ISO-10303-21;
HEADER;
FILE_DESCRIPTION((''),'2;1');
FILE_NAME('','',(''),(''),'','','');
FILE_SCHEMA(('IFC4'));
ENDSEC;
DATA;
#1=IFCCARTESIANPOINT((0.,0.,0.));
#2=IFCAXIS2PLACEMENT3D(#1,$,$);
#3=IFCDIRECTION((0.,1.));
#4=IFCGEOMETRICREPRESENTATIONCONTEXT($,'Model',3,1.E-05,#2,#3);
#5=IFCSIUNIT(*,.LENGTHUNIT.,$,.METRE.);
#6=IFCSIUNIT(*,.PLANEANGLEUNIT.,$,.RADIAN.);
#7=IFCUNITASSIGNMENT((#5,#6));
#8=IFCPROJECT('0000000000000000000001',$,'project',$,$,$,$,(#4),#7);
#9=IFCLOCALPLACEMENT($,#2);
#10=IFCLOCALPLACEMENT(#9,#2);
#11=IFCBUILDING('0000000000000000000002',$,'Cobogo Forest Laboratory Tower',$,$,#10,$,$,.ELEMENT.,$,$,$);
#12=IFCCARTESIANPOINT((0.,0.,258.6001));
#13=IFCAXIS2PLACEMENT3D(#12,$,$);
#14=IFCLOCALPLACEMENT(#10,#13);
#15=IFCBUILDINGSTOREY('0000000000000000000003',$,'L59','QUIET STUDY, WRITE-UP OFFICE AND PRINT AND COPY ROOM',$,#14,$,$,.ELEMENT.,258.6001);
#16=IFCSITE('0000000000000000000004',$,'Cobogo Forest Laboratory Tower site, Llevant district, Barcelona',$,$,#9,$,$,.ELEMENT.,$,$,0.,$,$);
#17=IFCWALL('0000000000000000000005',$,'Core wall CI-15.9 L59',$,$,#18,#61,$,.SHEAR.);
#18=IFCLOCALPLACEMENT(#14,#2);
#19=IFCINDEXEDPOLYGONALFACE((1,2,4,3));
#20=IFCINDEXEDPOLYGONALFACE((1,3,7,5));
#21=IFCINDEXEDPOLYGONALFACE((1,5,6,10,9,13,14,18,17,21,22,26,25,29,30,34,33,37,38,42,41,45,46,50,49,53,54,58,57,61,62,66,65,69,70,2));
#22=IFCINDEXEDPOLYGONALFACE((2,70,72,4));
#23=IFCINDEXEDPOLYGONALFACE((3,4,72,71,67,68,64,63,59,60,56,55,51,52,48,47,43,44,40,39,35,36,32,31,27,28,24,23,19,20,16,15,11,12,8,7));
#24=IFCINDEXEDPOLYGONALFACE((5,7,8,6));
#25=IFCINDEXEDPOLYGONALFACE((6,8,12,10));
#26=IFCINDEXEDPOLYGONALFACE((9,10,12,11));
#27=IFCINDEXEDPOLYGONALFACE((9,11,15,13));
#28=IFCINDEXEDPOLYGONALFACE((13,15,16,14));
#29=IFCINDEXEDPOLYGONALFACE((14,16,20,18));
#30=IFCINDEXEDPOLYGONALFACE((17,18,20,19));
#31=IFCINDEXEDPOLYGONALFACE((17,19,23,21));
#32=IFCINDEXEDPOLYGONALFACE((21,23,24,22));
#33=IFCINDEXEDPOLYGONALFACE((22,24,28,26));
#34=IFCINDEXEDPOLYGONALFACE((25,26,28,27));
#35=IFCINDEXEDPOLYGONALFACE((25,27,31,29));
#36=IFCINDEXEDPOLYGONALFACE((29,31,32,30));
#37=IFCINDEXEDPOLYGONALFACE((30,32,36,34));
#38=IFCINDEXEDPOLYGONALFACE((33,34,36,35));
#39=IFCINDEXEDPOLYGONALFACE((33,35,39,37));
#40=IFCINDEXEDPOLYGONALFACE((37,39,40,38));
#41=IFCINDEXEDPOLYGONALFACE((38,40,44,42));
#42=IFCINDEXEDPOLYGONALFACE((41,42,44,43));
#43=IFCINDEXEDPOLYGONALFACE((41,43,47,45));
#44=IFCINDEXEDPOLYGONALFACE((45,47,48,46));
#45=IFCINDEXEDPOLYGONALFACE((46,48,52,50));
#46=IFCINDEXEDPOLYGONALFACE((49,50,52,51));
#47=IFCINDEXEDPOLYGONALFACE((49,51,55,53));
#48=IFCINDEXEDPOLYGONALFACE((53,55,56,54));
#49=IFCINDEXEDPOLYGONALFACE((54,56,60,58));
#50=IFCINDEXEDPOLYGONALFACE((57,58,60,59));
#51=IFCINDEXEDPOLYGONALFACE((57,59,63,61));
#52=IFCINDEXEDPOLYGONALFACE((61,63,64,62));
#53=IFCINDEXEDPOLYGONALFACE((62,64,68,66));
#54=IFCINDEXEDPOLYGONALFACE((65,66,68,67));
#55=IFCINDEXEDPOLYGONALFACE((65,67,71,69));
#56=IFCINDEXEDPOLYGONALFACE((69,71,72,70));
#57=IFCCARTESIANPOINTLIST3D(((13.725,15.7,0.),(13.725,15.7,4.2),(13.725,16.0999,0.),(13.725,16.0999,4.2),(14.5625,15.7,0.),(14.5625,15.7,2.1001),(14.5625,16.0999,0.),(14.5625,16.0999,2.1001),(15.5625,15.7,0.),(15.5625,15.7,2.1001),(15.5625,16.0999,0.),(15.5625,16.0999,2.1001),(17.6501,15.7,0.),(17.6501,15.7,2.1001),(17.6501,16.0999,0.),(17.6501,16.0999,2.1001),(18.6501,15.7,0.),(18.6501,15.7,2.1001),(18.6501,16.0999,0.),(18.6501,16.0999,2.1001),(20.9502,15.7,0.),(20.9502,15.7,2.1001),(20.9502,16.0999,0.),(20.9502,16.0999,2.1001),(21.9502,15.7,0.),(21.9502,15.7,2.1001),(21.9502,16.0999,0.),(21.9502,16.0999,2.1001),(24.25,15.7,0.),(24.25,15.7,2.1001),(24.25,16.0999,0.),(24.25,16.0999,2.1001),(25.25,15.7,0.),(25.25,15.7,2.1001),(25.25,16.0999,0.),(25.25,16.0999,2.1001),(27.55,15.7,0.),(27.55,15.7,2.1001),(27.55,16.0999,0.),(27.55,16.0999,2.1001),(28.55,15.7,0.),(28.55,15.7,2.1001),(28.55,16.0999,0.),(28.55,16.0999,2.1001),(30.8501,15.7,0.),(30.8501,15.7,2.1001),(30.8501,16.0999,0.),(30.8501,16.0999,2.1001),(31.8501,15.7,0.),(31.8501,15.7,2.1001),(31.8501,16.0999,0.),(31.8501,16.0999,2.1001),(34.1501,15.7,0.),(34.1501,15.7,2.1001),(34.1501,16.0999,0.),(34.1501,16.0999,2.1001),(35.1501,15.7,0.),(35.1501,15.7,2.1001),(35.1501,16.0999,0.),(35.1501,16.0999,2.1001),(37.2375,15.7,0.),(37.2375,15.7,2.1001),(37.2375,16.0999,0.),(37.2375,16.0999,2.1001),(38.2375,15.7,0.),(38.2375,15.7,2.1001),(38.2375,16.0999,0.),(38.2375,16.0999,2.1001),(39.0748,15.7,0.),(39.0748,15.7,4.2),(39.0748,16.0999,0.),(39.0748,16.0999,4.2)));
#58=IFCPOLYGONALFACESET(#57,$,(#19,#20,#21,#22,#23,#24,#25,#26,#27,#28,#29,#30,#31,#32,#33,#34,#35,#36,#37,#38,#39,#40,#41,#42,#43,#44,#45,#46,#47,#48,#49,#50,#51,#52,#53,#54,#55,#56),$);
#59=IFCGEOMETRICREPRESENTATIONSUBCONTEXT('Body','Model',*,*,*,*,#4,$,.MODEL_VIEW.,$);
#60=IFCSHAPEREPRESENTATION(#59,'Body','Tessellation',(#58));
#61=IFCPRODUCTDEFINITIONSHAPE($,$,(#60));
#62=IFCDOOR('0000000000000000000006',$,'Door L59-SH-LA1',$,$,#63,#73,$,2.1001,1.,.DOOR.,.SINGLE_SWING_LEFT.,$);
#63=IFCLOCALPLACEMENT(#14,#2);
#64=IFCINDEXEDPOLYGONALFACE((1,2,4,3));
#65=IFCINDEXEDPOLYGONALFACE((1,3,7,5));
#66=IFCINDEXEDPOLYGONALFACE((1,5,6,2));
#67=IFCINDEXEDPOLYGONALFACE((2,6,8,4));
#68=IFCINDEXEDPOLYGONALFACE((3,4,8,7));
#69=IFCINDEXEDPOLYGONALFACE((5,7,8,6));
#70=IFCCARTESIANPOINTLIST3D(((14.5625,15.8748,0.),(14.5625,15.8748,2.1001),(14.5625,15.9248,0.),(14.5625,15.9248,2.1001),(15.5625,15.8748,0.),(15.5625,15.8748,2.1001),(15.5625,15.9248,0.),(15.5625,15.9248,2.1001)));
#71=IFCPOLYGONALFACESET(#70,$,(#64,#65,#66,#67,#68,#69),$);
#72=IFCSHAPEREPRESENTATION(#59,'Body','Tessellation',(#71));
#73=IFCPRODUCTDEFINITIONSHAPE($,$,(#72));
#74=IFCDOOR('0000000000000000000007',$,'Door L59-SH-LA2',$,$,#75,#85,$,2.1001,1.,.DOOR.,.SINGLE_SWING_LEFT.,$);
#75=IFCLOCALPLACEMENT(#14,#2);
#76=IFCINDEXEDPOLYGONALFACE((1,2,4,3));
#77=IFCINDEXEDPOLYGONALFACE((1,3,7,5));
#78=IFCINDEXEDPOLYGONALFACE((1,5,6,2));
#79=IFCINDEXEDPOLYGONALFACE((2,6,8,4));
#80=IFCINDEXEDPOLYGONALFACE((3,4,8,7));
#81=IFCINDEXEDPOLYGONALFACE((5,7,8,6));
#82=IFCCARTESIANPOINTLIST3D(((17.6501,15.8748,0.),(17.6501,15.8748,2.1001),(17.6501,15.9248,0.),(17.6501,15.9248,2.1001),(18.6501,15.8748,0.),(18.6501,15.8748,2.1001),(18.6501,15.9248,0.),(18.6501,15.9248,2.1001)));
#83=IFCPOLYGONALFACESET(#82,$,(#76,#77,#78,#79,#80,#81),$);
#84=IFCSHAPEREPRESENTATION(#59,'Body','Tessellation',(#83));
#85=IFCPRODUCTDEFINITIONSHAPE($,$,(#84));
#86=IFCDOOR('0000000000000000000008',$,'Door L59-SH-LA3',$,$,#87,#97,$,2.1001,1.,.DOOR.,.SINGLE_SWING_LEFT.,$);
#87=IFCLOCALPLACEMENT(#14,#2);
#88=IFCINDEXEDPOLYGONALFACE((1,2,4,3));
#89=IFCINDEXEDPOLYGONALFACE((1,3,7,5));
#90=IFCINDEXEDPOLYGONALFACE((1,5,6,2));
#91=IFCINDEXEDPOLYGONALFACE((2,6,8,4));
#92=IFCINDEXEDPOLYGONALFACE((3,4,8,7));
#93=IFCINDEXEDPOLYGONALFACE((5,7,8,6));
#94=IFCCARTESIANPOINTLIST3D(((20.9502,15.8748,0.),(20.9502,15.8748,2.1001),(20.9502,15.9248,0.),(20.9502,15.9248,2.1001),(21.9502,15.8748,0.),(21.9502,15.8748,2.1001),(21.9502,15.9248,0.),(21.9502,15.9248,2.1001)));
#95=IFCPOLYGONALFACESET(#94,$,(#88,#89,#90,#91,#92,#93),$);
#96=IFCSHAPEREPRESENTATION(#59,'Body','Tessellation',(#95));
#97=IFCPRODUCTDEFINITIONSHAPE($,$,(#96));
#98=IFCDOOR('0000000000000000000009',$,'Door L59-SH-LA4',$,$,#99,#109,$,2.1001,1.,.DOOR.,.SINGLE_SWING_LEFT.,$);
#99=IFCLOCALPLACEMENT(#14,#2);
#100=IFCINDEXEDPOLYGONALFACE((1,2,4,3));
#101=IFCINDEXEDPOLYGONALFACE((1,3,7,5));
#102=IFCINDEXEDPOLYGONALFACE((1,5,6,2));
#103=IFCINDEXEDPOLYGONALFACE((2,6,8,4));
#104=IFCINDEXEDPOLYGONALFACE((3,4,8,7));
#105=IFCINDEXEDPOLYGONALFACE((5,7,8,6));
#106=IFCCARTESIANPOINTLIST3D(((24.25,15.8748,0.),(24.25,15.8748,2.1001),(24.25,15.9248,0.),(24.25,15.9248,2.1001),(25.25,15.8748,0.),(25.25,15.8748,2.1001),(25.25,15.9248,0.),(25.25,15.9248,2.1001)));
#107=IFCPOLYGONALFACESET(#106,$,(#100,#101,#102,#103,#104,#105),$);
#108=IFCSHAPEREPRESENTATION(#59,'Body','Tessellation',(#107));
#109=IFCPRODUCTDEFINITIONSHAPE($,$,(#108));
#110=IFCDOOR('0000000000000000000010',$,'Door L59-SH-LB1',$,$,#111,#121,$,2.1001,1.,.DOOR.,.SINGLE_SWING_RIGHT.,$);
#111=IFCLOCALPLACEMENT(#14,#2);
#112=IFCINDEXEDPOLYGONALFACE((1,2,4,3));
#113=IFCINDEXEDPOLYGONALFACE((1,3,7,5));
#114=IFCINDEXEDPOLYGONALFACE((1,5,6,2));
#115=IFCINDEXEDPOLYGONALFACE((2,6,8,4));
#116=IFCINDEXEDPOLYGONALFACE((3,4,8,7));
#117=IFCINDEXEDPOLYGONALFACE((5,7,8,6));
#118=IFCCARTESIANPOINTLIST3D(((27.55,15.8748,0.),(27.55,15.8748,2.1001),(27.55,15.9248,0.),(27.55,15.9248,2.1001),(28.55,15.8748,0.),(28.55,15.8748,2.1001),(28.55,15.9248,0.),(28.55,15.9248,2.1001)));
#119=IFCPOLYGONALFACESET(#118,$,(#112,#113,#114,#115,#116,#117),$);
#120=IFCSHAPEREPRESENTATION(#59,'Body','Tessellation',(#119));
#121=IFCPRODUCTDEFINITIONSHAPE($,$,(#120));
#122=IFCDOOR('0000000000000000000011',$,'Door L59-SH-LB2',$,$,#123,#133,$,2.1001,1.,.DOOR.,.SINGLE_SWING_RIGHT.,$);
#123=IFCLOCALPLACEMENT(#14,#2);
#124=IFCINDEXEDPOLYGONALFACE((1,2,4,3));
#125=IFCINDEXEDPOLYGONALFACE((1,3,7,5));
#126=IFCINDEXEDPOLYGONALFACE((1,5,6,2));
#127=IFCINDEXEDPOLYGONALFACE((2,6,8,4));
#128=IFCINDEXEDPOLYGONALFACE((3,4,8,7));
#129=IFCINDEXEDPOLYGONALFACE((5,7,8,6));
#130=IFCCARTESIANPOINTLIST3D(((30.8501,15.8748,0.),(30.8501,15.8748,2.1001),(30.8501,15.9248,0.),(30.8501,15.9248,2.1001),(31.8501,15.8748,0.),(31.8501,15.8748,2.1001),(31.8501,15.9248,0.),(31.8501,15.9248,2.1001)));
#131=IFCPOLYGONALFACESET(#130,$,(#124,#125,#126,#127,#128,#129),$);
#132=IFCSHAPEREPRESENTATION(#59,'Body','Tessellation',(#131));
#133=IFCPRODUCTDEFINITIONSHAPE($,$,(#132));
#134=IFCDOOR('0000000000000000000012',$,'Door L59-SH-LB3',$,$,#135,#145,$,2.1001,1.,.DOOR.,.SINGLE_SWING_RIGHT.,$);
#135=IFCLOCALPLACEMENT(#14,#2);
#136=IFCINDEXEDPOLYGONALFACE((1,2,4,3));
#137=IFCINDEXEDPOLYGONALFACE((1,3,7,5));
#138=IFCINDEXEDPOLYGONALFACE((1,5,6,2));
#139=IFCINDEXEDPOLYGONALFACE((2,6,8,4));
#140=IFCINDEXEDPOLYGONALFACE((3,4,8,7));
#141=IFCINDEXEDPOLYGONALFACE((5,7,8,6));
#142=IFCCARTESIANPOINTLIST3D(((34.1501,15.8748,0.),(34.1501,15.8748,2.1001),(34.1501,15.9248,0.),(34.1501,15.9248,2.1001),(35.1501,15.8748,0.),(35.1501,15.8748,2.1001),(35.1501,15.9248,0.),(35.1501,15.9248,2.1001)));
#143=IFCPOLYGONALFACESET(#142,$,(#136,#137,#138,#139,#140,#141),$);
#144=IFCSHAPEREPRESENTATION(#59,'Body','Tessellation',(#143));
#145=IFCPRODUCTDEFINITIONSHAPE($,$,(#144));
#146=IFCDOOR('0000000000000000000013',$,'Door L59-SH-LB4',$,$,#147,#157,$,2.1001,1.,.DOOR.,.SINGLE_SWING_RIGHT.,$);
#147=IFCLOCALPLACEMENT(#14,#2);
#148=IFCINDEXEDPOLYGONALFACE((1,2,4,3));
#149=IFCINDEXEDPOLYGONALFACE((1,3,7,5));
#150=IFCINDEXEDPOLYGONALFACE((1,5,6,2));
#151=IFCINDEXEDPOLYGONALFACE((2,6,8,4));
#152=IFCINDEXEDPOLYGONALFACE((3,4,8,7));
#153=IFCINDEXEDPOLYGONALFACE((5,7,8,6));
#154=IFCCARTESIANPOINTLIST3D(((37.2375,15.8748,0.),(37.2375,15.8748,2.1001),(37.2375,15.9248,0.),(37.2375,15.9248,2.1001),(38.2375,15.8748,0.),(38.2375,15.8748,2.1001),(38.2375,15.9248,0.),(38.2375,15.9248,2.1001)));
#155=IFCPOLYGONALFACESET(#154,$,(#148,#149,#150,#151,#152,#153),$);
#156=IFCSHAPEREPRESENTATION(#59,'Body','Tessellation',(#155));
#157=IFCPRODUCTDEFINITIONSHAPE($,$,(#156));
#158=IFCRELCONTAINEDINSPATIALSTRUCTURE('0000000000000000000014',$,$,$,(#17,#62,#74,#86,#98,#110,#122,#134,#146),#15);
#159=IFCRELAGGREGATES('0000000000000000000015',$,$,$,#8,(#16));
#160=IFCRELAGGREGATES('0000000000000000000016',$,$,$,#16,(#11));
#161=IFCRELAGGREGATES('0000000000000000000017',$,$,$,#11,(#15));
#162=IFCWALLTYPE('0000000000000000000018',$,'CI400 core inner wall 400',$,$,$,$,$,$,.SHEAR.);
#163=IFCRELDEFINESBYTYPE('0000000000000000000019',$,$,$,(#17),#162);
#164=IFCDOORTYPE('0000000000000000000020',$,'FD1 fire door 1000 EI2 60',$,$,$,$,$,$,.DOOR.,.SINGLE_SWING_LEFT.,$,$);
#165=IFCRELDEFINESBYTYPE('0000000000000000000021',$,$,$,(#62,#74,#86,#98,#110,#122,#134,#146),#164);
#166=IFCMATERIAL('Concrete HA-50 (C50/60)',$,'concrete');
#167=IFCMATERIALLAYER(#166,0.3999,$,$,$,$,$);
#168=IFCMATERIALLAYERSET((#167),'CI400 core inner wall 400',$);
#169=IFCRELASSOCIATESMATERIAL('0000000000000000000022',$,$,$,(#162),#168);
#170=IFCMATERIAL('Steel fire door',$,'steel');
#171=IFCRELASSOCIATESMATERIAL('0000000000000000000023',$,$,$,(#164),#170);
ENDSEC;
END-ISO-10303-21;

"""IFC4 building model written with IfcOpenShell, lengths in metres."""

from ifc_helpers import new_model, si_unit, direction, frame, frame_2d, origin, place, context, subcontext, project, spatial, rectangle, extrude, material, layer, layer_set, type_object, element, fill, save


model = new_model("IFC4")

# Units and contexts
model_context = context("Model", 3, precision=1e-05, world=origin(), true_north=direction((0.0, 1.0)))
body_context = subcontext(model_context, "Body", "Model", "MODEL_VIEW")
ifc_project = project(units=[si_unit("LENGTHUNIT", "METRE"), si_unit("PLANEANGLEUNIT", "RADIAN")], contexts=[model_context])

# Site, building, storey
site_placement = place(None, origin())
site = spatial("IfcSite", under=ifc_project, at=site_placement, Name="Cobogo Forest Laboratory Tower site, Llevant district, Barcelona", CompositionType="ELEMENT", RefElevation=0.0)
building_placement = place(site_placement, origin())
building = spatial("IfcBuilding", under=site, at=building_placement, Name="Cobogo Forest Laboratory Tower", CompositionType="ELEMENT")
storey_placement = place(building_placement, frame((0.0, 0.0, 258.6001)))
storey = spatial("IfcBuildingStorey", under=building, at=storey_placement, Name="L59", Description="QUIET STUDY, WRITE-UP OFFICE AND PRINT AND COPY ROOM", CompositionType="ELEMENT", Elevation=258.6001)

# Shared definitions
ifc_material_1 = material(Name="Concrete HA-50 (C50/60)", Category="concrete")

# Wall, openings, doors
ifc_layer_1 = layer(ifc_material_1, 0.3999)
ifc_layer_set_1 = layer_set([ifc_layer_1], Name="CI400 core inner wall 400")
wall_type_1 = type_object("IfcWallType", Name="CI400 core inner wall 400", PredefinedType="SHEAR", material=ifc_layer_set_1)
wall_1_placement = place(storey_placement, frame((13.7251, 15.8999, 0.0), z_axis=(0.0, 0.0, 1.0), x_axis=(1.0, 0.0, 0.0)))
wall_1 = element("IfcWall", 1, at=wall_1_placement, inside=storey, type_object=wall_type_1, Name="Core wall CI-15.9 L59", PredefinedType="SHEAR", context=body_context, shape_type="SweptSolid", body=[
    extrude(rectangle(XDim=25.3499, YDim=0.3999, at=frame_2d((12.6748, 0.0))), origin(), (0.0, 0.0, 1.0), 4.2),
])
opening_1_placement = place(wall_1_placement, frame((0.8374, 0.0, 0.0)))
opening_1 = element("IfcOpeningElement", 2, at=opening_1_placement, cuts=wall_1, PredefinedType="OPENING", context=body_context, shape_type="SweptSolid", body=[
    extrude(rectangle(XDim=1.0, YDim=2.1001, at=frame_2d((0.5, 1.05))), frame((0.0, 0.21, 0.0), z_axis=(0.0, -1.0, 0.0), x_axis=(1.0, 0.0, 0.0)), (0.0, 0.0, 1.0), 0.4199),
])
opening_2_placement = place(wall_1_placement, frame((3.925, 0.0, 0.0)))
opening_2 = element("IfcOpeningElement", 3, at=opening_2_placement, cuts=wall_1, PredefinedType="OPENING", context=body_context, shape_type="SweptSolid", body=[
    extrude(rectangle(XDim=1.0, YDim=2.1001, at=frame_2d((0.5, 1.05))), frame((0.0, 0.21, 0.0), z_axis=(0.0, -1.0, 0.0), x_axis=(1.0, 0.0, 0.0)), (0.0, 0.0, 1.0), 0.4199),
])
opening_3_placement = place(wall_1_placement, frame((7.2251, 0.0, 0.0)))
opening_3 = element("IfcOpeningElement", 4, at=opening_3_placement, cuts=wall_1, PredefinedType="OPENING", context=body_context, shape_type="SweptSolid", body=[
    extrude(rectangle(XDim=1.0, YDim=2.1001, at=frame_2d((0.5, 1.05))), frame((0.0, 0.21, 0.0), z_axis=(0.0, -1.0, 0.0), x_axis=(1.0, 0.0, 0.0)), (0.0, 0.0, 1.0), 0.4199),
])
opening_4_placement = place(wall_1_placement, frame((10.5249, 0.0, 0.0)))
opening_4 = element("IfcOpeningElement", 5, at=opening_4_placement, cuts=wall_1, PredefinedType="OPENING", context=body_context, shape_type="SweptSolid", body=[
    extrude(rectangle(XDim=1.0, YDim=2.1001, at=frame_2d((0.5, 1.05))), frame((0.0, 0.21, 0.0), z_axis=(0.0, -1.0, 0.0), x_axis=(1.0, 0.0, 0.0)), (0.0, 0.0, 1.0), 0.4199),
])
opening_5_placement = place(wall_1_placement, frame((13.825, 0.0, 0.0)))
opening_5 = element("IfcOpeningElement", 6, at=opening_5_placement, cuts=wall_1, PredefinedType="OPENING", context=body_context, shape_type="SweptSolid", body=[
    extrude(rectangle(XDim=1.0, YDim=2.1001, at=frame_2d((0.5, 1.05))), frame((0.0, 0.21, 0.0), z_axis=(0.0, -1.0, 0.0), x_axis=(1.0, 0.0, 0.0)), (0.0, 0.0, 1.0), 0.4199),
])
opening_6_placement = place(wall_1_placement, frame((17.125, 0.0, 0.0)))
opening_6 = element("IfcOpeningElement", 7, at=opening_6_placement, cuts=wall_1, PredefinedType="OPENING", context=body_context, shape_type="SweptSolid", body=[
    extrude(rectangle(XDim=1.0, YDim=2.1001, at=frame_2d((0.5, 1.05))), frame((0.0, 0.21, 0.0), z_axis=(0.0, -1.0, 0.0), x_axis=(1.0, 0.0, 0.0)), (0.0, 0.0, 1.0), 0.4199),
])
opening_7_placement = place(wall_1_placement, frame((20.425, 0.0, 0.0)))
opening_7 = element("IfcOpeningElement", 8, at=opening_7_placement, cuts=wall_1, PredefinedType="OPENING", context=body_context, shape_type="SweptSolid", body=[
    extrude(rectangle(XDim=1.0, YDim=2.1001, at=frame_2d((0.5, 1.05))), frame((0.0, 0.21, 0.0), z_axis=(0.0, -1.0, 0.0), x_axis=(1.0, 0.0, 0.0)), (0.0, 0.0, 1.0), 0.4199),
])
opening_8_placement = place(wall_1_placement, frame((23.5125, 0.0, 0.0)))
opening_8 = element("IfcOpeningElement", 9, at=opening_8_placement, cuts=wall_1, PredefinedType="OPENING", context=body_context, shape_type="SweptSolid", body=[
    extrude(rectangle(XDim=1.0, YDim=2.1001, at=frame_2d((0.5, 1.05))), frame((0.0, 0.21, 0.0), z_axis=(0.0, -1.0, 0.0), x_axis=(1.0, 0.0, 0.0)), (0.0, 0.0, 1.0), 0.4199),
])
ifc_material_2 = material(Name="Steel fire door", Category="steel")
door_type_1 = type_object("IfcDoorType", Name="FD1 fire door 1000 EI2 60", OperationType="SINGLE_SWING_LEFT", PredefinedType="DOOR", material=ifc_material_2)
door_1_placement = place(opening_1_placement, origin())
door_1 = element("IfcDoor", 10, at=door_1_placement, inside=storey, type_object=door_type_1, Name="Door L59-SH-LA1", OperationType="SINGLE_SWING_LEFT", OverallHeight=2.1001, OverallWidth=1.0, PredefinedType="DOOR", context=body_context, shape_type="SweptSolid", body=[
    extrude(rectangle(XDim=1.0, YDim=2.1001, at=frame_2d((0.5, 1.05))), frame((0.0, 0.0249, 0.0), z_axis=(0.0, -1.0, 0.0), x_axis=(1.0, 0.0, 0.0)), (0.0, 0.0, 1.0), 0.05),
])
fill(opening_1, door_1)
door_2_placement = place(opening_2_placement, origin())
door_2 = element("IfcDoor", 11, at=door_2_placement, inside=storey, type_object=door_type_1, Name="Door L59-SH-LA2", OperationType="SINGLE_SWING_LEFT", OverallHeight=2.1001, OverallWidth=1.0, PredefinedType="DOOR", context=body_context, shape_type="SweptSolid", body=[
    extrude(rectangle(XDim=1.0, YDim=2.1001, at=frame_2d((0.5, 1.05))), frame((0.0, 0.0249, 0.0), z_axis=(0.0, -1.0, 0.0), x_axis=(1.0, 0.0, 0.0)), (0.0, 0.0, 1.0), 0.05),
])
fill(opening_2, door_2)
door_3_placement = place(opening_3_placement, origin())
door_3 = element("IfcDoor", 12, at=door_3_placement, inside=storey, type_object=door_type_1, Name="Door L59-SH-LA3", OperationType="SINGLE_SWING_LEFT", OverallHeight=2.1001, OverallWidth=1.0, PredefinedType="DOOR", context=body_context, shape_type="SweptSolid", body=[
    extrude(rectangle(XDim=1.0, YDim=2.1001, at=frame_2d((0.5, 1.05))), frame((0.0, 0.0249, 0.0), z_axis=(0.0, -1.0, 0.0), x_axis=(1.0, 0.0, 0.0)), (0.0, 0.0, 1.0), 0.05),
])
fill(opening_3, door_3)
door_4_placement = place(opening_4_placement, origin())
door_4 = element("IfcDoor", 13, at=door_4_placement, inside=storey, type_object=door_type_1, Name="Door L59-SH-LA4", OperationType="SINGLE_SWING_LEFT", OverallHeight=2.1001, OverallWidth=1.0, PredefinedType="DOOR", context=body_context, shape_type="SweptSolid", body=[
    extrude(rectangle(XDim=1.0, YDim=2.1001, at=frame_2d((0.5, 1.05))), frame((0.0, 0.0249, 0.0), z_axis=(0.0, -1.0, 0.0), x_axis=(1.0, 0.0, 0.0)), (0.0, 0.0, 1.0), 0.05),
])
fill(opening_4, door_4)
door_5_placement = place(opening_5_placement, origin())
door_5 = element("IfcDoor", 14, at=door_5_placement, inside=storey, type_object=door_type_1, Name="Door L59-SH-LB1", OperationType="SINGLE_SWING_RIGHT", OverallHeight=2.1001, OverallWidth=1.0, PredefinedType="DOOR", context=body_context, shape_type="SweptSolid", body=[
    extrude(rectangle(XDim=1.0, YDim=2.1001, at=frame_2d((0.5, 1.05))), frame((0.0, 0.0249, 0.0), z_axis=(0.0, -1.0, 0.0), x_axis=(1.0, 0.0, 0.0)), (0.0, 0.0, 1.0), 0.05),
])
fill(opening_5, door_5)
door_6_placement = place(opening_6_placement, origin())
door_6 = element("IfcDoor", 15, at=door_6_placement, inside=storey, type_object=door_type_1, Name="Door L59-SH-LB2", OperationType="SINGLE_SWING_RIGHT", OverallHeight=2.1001, OverallWidth=1.0, PredefinedType="DOOR", context=body_context, shape_type="SweptSolid", body=[
    extrude(rectangle(XDim=1.0, YDim=2.1001, at=frame_2d((0.5, 1.05))), frame((0.0, 0.0249, 0.0), z_axis=(0.0, -1.0, 0.0), x_axis=(1.0, 0.0, 0.0)), (0.0, 0.0, 1.0), 0.05),
])
fill(opening_6, door_6)
door_7_placement = place(opening_7_placement, origin())
door_7 = element("IfcDoor", 16, at=door_7_placement, inside=storey, type_object=door_type_1, Name="Door L59-SH-LB3", OperationType="SINGLE_SWING_RIGHT", OverallHeight=2.1001, OverallWidth=1.0, PredefinedType="DOOR", context=body_context, shape_type="SweptSolid", body=[
    extrude(rectangle(XDim=1.0, YDim=2.1001, at=frame_2d((0.5, 1.05))), frame((0.0, 0.0249, 0.0), z_axis=(0.0, -1.0, 0.0), x_axis=(1.0, 0.0, 0.0)), (0.0, 0.0, 1.0), 0.05),
])
fill(opening_7, door_7)
door_8_placement = place(opening_8_placement, origin())
door_8 = element("IfcDoor", 17, at=door_8_placement, inside=storey, type_object=door_type_1, Name="Door L59-SH-LB4", OperationType="SINGLE_SWING_RIGHT", OverallHeight=2.1001, OverallWidth=1.0, PredefinedType="DOOR", context=body_context, shape_type="SweptSolid", body=[
    extrude(rectangle(XDim=1.0, YDim=2.1001, at=frame_2d((0.5, 1.05))), frame((0.0, 0.0249, 0.0), z_axis=(0.0, -1.0, 0.0), x_axis=(1.0, 0.0, 0.0)), (0.0, 0.0, 1.0), 0.05),
])
fill(opening_8, door_8)

save(model, "model.ifc")
